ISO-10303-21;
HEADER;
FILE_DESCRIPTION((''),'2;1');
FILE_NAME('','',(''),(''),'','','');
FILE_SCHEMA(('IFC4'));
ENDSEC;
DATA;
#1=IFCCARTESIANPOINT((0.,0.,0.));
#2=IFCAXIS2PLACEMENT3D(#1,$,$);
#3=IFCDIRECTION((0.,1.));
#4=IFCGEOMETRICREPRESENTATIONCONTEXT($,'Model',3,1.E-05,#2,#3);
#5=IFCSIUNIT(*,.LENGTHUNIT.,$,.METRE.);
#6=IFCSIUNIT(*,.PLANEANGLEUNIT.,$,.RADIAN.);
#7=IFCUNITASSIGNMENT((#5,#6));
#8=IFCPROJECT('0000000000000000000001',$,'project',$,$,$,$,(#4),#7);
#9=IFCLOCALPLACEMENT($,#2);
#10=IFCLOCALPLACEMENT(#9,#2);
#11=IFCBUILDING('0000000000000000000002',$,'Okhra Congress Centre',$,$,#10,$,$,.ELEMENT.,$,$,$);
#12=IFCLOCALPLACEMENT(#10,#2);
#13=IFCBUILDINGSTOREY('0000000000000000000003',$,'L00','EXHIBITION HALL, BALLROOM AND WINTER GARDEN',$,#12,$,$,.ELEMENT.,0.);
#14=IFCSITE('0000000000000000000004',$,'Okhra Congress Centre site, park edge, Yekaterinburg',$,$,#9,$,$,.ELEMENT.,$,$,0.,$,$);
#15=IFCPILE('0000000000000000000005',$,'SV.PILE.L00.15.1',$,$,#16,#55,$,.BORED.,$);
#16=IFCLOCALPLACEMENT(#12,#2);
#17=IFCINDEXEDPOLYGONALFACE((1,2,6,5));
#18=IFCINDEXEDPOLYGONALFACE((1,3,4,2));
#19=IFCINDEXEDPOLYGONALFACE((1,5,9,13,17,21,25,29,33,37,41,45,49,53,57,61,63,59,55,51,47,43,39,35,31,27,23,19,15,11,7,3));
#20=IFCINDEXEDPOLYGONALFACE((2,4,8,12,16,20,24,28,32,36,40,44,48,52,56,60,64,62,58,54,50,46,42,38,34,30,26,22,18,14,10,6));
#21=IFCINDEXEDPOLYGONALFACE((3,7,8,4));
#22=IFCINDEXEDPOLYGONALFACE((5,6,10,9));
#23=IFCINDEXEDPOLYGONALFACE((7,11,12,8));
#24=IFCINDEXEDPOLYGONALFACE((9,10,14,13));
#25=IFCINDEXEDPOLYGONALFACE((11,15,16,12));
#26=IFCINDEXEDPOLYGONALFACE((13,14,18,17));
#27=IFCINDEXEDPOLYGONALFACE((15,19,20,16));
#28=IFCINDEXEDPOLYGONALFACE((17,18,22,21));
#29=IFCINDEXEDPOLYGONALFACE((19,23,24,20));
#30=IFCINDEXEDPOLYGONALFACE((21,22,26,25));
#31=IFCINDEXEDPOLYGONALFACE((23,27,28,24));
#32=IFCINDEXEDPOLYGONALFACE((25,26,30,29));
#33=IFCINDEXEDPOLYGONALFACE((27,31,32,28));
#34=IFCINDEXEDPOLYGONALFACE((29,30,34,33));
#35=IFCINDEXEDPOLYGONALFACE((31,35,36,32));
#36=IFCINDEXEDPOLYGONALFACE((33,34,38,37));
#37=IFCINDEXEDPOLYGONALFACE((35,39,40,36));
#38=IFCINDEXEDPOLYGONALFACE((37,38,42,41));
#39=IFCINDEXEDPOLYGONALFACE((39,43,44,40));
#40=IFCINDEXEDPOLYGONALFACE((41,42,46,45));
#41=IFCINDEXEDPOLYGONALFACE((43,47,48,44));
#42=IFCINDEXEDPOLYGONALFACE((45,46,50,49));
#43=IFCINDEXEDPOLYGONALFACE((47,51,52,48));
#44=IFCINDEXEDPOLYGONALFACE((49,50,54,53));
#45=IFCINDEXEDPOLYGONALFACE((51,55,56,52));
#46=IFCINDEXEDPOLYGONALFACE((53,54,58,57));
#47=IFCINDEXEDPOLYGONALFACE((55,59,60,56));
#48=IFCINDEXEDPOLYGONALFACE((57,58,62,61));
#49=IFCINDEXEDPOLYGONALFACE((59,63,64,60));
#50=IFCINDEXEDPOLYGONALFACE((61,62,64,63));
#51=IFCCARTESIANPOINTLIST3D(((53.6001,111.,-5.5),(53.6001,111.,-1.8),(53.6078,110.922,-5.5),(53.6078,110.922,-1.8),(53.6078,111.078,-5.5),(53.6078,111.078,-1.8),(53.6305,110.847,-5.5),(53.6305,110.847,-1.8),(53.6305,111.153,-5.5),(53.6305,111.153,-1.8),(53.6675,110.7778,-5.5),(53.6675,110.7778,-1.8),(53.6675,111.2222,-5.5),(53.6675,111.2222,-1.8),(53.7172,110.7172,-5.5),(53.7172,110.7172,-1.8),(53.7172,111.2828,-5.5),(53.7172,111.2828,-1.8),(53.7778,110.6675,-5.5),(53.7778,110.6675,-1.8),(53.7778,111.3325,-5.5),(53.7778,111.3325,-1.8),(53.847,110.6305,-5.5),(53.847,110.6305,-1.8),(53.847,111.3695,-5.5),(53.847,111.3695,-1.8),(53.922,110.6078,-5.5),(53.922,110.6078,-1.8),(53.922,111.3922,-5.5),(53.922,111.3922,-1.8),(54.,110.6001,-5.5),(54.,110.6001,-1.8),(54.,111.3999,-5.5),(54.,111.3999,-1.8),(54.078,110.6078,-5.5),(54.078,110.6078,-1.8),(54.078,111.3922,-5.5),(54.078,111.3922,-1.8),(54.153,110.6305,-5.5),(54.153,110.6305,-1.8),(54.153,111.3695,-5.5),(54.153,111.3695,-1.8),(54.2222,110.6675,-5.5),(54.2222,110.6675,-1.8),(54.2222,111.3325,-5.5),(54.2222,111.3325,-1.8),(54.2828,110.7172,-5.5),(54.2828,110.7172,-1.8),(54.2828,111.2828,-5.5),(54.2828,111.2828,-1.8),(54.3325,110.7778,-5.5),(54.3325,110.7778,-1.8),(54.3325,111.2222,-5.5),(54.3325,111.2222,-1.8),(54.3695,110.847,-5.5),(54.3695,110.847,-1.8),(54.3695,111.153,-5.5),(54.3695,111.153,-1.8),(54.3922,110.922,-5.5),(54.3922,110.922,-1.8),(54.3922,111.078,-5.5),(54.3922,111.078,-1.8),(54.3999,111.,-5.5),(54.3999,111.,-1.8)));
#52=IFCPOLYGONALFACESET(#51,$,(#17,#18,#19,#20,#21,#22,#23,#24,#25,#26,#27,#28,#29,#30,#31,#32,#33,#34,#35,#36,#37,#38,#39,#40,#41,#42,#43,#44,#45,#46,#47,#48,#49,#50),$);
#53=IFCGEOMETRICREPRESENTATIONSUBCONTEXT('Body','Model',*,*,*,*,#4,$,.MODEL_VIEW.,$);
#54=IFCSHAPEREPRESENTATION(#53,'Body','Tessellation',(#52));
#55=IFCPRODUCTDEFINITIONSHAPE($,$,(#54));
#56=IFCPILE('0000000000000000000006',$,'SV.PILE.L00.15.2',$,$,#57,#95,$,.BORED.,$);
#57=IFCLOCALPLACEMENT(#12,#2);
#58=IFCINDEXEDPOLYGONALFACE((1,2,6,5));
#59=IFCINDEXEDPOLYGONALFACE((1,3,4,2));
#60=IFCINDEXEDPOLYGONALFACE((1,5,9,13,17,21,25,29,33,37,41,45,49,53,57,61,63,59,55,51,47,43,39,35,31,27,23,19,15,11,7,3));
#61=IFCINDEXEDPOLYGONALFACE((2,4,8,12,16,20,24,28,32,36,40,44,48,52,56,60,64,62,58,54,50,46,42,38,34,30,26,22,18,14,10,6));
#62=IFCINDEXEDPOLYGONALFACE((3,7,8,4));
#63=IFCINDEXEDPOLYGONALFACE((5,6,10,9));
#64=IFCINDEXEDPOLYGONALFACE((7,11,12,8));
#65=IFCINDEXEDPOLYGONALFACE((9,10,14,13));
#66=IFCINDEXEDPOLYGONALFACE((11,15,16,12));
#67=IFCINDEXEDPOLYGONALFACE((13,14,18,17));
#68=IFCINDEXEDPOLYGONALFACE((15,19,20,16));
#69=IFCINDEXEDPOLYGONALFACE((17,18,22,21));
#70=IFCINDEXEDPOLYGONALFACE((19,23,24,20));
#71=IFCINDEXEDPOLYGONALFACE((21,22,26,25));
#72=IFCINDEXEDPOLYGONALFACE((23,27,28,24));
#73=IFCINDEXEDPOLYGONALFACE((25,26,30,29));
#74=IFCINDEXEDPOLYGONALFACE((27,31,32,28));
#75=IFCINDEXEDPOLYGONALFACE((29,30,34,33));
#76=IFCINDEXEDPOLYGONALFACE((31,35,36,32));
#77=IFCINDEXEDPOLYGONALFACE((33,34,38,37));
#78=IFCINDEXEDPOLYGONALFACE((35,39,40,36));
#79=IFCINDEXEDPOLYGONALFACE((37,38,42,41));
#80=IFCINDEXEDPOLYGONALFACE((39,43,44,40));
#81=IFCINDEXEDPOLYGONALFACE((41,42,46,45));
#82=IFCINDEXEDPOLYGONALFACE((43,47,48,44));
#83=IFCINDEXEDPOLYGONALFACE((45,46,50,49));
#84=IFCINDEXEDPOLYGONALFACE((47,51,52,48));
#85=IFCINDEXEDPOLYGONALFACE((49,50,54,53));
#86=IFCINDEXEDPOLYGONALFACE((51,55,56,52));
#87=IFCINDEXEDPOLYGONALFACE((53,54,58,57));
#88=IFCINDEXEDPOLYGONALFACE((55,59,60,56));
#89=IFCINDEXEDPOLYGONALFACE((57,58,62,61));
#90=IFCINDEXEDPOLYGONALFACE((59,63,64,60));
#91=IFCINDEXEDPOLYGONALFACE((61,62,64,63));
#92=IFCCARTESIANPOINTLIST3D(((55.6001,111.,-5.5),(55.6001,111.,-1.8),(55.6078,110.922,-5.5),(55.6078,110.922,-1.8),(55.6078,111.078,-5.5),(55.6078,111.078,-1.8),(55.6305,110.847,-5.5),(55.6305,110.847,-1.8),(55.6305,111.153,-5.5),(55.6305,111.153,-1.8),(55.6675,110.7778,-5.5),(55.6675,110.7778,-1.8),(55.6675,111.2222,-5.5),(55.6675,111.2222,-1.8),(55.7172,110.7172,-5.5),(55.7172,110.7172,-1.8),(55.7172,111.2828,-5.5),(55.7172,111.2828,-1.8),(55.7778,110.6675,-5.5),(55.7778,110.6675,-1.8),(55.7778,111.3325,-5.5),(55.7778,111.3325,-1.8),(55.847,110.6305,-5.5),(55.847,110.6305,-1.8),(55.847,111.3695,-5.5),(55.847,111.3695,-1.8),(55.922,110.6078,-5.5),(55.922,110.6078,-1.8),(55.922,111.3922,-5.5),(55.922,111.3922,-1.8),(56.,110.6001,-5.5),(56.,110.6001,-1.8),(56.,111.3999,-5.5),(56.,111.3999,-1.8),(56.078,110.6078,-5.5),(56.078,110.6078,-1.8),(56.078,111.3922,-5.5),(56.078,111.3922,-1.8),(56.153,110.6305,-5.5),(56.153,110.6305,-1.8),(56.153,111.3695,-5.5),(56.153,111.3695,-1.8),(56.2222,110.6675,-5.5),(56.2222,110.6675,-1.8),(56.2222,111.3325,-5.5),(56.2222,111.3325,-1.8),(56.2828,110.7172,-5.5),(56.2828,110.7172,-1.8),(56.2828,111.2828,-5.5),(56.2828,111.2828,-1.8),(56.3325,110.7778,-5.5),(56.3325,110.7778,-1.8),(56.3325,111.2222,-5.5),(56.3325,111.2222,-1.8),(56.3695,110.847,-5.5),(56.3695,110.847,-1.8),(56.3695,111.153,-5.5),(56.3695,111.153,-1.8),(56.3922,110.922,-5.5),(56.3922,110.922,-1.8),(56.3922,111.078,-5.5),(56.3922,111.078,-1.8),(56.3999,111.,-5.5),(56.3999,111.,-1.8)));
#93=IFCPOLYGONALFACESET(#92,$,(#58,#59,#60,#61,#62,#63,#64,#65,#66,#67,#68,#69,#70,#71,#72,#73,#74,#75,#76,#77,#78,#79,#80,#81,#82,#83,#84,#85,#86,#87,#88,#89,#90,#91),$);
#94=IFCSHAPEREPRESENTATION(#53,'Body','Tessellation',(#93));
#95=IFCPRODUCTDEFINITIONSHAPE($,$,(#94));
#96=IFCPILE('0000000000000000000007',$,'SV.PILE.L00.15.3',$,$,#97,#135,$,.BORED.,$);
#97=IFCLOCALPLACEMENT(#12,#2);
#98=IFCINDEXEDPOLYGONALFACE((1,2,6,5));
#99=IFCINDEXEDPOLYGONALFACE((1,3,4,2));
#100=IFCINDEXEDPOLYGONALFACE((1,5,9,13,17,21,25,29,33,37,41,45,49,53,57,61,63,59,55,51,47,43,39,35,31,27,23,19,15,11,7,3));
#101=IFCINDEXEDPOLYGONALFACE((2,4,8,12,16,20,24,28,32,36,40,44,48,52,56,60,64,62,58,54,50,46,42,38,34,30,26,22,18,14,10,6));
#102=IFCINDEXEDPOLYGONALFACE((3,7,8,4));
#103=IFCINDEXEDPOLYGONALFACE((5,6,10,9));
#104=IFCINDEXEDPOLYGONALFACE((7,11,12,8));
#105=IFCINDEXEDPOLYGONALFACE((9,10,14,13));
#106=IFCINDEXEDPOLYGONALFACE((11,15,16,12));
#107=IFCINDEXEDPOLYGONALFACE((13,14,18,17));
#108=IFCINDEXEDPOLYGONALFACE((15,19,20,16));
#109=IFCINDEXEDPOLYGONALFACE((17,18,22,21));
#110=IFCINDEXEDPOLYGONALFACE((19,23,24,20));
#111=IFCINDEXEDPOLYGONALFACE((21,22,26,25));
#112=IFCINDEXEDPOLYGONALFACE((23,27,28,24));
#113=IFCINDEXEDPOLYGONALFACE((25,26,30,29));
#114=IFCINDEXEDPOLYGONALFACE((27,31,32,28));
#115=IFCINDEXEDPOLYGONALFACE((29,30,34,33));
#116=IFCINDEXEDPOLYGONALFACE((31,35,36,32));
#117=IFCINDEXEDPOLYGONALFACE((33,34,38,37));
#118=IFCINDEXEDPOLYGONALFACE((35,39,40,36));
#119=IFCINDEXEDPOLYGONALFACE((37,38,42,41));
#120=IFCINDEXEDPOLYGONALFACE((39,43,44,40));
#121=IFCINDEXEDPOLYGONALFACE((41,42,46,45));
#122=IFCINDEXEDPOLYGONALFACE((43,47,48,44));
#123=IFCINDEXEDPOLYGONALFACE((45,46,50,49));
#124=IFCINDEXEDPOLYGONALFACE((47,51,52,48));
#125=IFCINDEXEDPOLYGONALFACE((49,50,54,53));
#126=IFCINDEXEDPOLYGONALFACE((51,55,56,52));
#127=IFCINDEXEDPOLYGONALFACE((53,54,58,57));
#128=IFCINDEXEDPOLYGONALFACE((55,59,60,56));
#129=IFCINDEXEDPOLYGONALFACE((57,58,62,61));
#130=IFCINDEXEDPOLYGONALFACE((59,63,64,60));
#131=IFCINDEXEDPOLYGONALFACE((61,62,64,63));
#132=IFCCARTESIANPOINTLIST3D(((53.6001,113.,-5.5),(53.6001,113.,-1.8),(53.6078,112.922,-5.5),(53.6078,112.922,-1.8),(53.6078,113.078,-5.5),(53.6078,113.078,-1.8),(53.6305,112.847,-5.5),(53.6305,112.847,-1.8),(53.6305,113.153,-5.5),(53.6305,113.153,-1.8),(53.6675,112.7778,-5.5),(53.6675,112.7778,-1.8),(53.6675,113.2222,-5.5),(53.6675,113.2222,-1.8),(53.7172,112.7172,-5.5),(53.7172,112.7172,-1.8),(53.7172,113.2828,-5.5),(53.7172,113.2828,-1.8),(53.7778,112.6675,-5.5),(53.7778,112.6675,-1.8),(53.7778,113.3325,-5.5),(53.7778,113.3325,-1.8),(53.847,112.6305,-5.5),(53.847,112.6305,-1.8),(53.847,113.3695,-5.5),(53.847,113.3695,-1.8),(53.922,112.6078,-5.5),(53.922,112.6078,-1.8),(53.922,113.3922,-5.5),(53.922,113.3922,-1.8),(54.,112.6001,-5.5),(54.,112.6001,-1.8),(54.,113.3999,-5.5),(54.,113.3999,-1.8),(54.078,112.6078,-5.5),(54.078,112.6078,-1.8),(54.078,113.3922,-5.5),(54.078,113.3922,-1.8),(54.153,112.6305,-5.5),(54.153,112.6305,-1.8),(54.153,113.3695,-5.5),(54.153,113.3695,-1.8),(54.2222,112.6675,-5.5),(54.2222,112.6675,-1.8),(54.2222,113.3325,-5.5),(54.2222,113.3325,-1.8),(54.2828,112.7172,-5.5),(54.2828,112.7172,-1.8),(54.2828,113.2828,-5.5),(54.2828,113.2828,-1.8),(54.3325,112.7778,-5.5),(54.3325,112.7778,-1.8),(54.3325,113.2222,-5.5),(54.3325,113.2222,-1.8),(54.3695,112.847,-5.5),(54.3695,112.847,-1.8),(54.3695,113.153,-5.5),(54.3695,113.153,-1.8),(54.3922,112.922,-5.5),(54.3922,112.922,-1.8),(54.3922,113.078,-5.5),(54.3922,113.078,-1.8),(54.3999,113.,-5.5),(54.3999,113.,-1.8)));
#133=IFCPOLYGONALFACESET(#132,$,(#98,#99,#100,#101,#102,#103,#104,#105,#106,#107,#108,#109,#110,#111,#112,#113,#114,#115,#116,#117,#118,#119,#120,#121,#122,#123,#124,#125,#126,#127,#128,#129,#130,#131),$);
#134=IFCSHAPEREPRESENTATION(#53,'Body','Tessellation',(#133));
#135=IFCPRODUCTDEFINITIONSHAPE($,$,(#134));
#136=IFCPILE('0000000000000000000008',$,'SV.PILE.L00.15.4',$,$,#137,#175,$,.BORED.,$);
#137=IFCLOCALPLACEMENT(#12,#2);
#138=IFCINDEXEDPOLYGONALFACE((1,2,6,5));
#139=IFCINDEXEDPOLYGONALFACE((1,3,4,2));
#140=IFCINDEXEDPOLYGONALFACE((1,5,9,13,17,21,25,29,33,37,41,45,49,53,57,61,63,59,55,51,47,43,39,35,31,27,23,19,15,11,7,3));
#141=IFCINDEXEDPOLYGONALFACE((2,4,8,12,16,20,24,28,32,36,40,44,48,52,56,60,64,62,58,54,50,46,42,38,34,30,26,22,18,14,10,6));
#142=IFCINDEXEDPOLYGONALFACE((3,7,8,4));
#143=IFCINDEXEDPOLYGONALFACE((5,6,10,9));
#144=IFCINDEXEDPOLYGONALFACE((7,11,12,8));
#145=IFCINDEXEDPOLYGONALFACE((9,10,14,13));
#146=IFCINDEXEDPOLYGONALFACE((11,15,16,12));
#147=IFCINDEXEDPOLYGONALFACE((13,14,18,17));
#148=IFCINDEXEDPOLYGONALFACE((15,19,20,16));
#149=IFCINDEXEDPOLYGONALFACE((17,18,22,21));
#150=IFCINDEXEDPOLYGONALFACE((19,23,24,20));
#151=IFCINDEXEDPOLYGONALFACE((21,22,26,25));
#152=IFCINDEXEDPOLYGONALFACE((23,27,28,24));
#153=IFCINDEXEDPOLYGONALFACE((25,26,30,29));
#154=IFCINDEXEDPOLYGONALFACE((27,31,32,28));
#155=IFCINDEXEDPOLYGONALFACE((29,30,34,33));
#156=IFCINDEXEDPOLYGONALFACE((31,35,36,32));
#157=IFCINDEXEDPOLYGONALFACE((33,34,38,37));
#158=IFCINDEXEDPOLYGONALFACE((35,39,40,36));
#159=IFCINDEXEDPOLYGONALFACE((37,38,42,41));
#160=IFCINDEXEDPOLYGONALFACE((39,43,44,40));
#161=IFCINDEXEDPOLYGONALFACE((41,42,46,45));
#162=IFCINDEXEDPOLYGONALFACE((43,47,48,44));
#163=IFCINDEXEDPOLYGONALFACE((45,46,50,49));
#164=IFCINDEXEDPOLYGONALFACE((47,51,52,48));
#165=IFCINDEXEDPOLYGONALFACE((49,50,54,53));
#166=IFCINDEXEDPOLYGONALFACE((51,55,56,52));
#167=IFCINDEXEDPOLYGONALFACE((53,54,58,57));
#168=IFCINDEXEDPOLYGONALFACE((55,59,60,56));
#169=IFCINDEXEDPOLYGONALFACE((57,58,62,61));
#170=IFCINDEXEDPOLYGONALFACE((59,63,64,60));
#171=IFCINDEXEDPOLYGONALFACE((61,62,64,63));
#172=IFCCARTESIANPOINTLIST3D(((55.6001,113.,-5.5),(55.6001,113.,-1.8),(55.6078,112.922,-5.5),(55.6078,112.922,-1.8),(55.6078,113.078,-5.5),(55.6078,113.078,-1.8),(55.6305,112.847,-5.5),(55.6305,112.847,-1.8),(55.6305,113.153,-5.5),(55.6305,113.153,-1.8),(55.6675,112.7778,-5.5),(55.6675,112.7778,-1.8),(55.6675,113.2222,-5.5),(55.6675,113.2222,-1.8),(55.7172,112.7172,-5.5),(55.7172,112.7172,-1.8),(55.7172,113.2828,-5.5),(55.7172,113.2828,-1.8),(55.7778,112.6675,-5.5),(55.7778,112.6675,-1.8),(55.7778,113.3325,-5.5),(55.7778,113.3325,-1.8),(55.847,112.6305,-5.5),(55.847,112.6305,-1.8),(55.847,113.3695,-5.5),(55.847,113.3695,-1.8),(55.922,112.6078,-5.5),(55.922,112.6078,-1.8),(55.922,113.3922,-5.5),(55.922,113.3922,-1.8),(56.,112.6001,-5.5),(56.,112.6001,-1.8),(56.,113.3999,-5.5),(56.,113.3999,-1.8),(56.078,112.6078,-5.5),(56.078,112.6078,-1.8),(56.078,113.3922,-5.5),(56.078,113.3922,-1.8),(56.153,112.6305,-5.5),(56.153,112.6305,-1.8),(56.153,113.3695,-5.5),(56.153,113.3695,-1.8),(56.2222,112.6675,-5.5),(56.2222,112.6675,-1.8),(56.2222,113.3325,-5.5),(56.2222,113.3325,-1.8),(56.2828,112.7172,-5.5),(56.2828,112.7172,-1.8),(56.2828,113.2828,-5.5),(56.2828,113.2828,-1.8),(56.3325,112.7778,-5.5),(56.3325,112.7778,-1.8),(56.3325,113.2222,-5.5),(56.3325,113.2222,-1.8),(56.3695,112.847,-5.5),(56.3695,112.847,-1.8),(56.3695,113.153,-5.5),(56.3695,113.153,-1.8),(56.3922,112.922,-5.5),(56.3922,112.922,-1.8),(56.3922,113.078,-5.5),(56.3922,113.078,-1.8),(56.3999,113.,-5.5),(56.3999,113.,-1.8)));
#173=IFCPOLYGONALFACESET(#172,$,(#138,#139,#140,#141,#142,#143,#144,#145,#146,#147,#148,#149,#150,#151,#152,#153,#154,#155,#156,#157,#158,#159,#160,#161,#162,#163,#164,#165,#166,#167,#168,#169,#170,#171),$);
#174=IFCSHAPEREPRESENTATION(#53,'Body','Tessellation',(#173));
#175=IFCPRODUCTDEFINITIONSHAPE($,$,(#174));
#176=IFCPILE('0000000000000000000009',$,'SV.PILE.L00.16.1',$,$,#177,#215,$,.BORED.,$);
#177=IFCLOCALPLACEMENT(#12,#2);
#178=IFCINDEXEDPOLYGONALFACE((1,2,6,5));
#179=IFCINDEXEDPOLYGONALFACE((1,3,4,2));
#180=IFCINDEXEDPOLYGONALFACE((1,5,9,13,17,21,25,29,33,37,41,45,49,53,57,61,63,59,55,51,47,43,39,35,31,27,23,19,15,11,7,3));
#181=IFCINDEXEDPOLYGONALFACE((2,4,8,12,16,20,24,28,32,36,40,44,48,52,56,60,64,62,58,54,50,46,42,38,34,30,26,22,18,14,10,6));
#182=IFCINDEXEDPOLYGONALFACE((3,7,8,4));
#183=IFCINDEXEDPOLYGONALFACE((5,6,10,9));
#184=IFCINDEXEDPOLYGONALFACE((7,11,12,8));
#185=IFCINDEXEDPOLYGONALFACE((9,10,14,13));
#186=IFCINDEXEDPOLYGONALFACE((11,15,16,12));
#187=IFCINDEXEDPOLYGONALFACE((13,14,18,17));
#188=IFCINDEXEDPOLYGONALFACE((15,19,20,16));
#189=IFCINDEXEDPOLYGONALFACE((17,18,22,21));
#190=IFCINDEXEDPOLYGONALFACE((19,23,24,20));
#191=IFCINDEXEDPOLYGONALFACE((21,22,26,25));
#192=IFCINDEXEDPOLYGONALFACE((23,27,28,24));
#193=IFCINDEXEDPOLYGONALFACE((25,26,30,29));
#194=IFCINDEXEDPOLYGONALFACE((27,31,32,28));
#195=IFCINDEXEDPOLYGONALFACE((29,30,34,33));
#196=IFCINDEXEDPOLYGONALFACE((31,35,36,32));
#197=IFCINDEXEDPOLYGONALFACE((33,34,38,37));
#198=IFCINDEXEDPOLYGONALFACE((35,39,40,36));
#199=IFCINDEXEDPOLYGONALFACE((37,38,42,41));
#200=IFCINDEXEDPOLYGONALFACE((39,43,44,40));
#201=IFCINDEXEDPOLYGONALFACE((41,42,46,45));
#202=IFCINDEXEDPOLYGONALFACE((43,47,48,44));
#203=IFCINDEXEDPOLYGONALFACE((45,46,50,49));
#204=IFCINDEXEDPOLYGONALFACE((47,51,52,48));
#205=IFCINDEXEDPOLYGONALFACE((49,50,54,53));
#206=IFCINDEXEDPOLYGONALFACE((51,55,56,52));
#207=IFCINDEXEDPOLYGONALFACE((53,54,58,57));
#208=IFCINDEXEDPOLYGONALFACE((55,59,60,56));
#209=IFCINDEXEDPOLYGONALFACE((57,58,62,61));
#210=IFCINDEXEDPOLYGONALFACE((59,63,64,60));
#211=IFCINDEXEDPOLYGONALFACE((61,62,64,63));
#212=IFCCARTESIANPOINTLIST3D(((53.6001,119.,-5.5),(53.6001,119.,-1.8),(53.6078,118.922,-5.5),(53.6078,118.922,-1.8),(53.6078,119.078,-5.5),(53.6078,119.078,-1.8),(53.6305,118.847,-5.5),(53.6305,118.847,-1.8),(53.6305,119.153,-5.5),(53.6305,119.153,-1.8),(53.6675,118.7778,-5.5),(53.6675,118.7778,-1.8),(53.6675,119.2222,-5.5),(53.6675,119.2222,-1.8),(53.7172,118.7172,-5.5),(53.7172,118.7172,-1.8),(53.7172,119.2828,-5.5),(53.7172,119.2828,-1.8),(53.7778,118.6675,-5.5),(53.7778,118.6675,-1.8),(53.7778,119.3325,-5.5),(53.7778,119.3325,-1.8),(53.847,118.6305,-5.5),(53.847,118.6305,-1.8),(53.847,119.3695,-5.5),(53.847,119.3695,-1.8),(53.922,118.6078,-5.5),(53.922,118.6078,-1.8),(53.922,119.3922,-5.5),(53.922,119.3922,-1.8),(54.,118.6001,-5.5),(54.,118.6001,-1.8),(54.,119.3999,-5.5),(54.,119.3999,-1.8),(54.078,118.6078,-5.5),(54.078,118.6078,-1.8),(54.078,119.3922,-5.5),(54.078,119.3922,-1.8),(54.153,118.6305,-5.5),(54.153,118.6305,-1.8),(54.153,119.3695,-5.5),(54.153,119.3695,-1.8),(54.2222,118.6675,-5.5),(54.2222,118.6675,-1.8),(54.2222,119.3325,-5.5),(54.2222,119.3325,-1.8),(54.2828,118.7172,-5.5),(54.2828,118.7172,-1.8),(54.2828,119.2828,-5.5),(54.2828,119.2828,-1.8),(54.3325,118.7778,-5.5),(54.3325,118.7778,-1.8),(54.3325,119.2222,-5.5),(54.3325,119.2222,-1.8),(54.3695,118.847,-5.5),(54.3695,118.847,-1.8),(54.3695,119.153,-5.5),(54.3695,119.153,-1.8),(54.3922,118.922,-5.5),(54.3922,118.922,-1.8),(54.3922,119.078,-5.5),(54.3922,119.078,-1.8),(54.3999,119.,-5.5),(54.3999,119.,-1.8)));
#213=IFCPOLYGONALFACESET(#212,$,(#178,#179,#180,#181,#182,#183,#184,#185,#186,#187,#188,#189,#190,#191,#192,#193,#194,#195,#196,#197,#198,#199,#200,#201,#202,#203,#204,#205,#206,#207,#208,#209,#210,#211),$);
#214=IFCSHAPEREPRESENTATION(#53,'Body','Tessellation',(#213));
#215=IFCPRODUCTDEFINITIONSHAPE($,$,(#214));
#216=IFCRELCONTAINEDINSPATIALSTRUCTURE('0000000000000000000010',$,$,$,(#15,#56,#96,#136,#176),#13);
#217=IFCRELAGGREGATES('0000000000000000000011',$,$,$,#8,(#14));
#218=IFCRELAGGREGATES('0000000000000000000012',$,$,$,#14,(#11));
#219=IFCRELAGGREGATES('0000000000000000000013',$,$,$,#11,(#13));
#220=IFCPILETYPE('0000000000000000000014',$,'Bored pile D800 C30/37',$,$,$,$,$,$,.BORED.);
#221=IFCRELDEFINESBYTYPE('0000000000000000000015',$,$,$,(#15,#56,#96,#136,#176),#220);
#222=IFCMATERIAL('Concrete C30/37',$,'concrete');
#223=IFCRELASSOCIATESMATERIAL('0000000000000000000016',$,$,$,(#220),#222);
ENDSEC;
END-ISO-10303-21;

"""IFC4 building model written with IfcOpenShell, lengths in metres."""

from ifc_helpers import new_model, si_unit, direction, frame, origin, origin_2d, place, context, subcontext, project, spatial, circle, extrude, material, material_profile, profile_set, type_object, element, save


model = new_model("IFC4")

# Units and contexts
model_context = context("Model", 3, precision=1e-05, world=origin(), true_north=direction((0.0, 1.0)))
body_context = subcontext(model_context, "Body", "Model", "MODEL_VIEW")
ifc_project = project(units=[si_unit("LENGTHUNIT", "METRE"), si_unit("PLANEANGLEUNIT", "RADIAN")], contexts=[model_context])

# Site, building, storey
site_placement = place(None, origin())
site = spatial("IfcSite", under=ifc_project, at=site_placement, Name="Okhra Congress Centre site, park edge, Yekaterinburg", CompositionType="ELEMENT", RefElevation=0.0)
building_placement = place(site_placement, origin())
building = spatial("IfcBuilding", under=site, at=building_placement, Name="Okhra Congress Centre", CompositionType="ELEMENT")
storey_placement = place(building_placement, origin())
storey = spatial("IfcBuildingStorey", under=building, at=storey_placement, Name="L00", Description="EXHIBITION HALL, BALLROOM AND WINTER GARDEN", CompositionType="ELEMENT", Elevation=0.0)

# Piles
ifc_material_1 = material(Name="Concrete C30/37", Category="concrete")
ifc_material_profile_1 = material_profile(ifc_material_1, circle(Radius=0.3999, at=origin_2d()), Name="D800")
ifc_profile_set_1 = profile_set([ifc_material_profile_1], Name="Concrete C30/37")
pile_type_1 = type_object("IfcPileType", Name="Bored pile D800 C30/37", PredefinedType="BORED", material=ifc_profile_set_1)
for number, where, z_axis, x_axis, name in (
    (1, (54.0, 111.0, -1.8), (0.0, 0.0, -1.0), (1.0, 0.0, 0.0), "SV.PILE.L00.15.1"),
    (2, (56.0, 111.0, -1.8), (0.0, 0.0, -1.0), (1.0, 0.0, 0.0), "SV.PILE.L00.15.2"),
    (3, (54.0, 113.0, -1.8), (0.0, 0.0, -1.0), (1.0, 0.0, 0.0), "SV.PILE.L00.15.3"),
    (4, (56.0, 113.0, -1.8), (0.0, 0.0, -1.0), (1.0, 0.0, 0.0), "SV.PILE.L00.15.4"),
    (5, (54.0, 119.0, -1.8), (0.0, 0.0, -1.0), (1.0, 0.0, 0.0), "SV.PILE.L00.16.1"),
):
    element("IfcPile", number, at=place(storey_placement, frame(where, z_axis=z_axis, x_axis=x_axis)), inside=storey, type_object=pile_type_1, Name=name, PredefinedType="BORED", context=body_context, shape_type="SweptSolid", body=[
        extrude(circle(Radius=0.3999, at=origin_2d()), origin(), (0.0, 0.0, 1.0), 3.7),
    ])

save(model, "model.ifc")
